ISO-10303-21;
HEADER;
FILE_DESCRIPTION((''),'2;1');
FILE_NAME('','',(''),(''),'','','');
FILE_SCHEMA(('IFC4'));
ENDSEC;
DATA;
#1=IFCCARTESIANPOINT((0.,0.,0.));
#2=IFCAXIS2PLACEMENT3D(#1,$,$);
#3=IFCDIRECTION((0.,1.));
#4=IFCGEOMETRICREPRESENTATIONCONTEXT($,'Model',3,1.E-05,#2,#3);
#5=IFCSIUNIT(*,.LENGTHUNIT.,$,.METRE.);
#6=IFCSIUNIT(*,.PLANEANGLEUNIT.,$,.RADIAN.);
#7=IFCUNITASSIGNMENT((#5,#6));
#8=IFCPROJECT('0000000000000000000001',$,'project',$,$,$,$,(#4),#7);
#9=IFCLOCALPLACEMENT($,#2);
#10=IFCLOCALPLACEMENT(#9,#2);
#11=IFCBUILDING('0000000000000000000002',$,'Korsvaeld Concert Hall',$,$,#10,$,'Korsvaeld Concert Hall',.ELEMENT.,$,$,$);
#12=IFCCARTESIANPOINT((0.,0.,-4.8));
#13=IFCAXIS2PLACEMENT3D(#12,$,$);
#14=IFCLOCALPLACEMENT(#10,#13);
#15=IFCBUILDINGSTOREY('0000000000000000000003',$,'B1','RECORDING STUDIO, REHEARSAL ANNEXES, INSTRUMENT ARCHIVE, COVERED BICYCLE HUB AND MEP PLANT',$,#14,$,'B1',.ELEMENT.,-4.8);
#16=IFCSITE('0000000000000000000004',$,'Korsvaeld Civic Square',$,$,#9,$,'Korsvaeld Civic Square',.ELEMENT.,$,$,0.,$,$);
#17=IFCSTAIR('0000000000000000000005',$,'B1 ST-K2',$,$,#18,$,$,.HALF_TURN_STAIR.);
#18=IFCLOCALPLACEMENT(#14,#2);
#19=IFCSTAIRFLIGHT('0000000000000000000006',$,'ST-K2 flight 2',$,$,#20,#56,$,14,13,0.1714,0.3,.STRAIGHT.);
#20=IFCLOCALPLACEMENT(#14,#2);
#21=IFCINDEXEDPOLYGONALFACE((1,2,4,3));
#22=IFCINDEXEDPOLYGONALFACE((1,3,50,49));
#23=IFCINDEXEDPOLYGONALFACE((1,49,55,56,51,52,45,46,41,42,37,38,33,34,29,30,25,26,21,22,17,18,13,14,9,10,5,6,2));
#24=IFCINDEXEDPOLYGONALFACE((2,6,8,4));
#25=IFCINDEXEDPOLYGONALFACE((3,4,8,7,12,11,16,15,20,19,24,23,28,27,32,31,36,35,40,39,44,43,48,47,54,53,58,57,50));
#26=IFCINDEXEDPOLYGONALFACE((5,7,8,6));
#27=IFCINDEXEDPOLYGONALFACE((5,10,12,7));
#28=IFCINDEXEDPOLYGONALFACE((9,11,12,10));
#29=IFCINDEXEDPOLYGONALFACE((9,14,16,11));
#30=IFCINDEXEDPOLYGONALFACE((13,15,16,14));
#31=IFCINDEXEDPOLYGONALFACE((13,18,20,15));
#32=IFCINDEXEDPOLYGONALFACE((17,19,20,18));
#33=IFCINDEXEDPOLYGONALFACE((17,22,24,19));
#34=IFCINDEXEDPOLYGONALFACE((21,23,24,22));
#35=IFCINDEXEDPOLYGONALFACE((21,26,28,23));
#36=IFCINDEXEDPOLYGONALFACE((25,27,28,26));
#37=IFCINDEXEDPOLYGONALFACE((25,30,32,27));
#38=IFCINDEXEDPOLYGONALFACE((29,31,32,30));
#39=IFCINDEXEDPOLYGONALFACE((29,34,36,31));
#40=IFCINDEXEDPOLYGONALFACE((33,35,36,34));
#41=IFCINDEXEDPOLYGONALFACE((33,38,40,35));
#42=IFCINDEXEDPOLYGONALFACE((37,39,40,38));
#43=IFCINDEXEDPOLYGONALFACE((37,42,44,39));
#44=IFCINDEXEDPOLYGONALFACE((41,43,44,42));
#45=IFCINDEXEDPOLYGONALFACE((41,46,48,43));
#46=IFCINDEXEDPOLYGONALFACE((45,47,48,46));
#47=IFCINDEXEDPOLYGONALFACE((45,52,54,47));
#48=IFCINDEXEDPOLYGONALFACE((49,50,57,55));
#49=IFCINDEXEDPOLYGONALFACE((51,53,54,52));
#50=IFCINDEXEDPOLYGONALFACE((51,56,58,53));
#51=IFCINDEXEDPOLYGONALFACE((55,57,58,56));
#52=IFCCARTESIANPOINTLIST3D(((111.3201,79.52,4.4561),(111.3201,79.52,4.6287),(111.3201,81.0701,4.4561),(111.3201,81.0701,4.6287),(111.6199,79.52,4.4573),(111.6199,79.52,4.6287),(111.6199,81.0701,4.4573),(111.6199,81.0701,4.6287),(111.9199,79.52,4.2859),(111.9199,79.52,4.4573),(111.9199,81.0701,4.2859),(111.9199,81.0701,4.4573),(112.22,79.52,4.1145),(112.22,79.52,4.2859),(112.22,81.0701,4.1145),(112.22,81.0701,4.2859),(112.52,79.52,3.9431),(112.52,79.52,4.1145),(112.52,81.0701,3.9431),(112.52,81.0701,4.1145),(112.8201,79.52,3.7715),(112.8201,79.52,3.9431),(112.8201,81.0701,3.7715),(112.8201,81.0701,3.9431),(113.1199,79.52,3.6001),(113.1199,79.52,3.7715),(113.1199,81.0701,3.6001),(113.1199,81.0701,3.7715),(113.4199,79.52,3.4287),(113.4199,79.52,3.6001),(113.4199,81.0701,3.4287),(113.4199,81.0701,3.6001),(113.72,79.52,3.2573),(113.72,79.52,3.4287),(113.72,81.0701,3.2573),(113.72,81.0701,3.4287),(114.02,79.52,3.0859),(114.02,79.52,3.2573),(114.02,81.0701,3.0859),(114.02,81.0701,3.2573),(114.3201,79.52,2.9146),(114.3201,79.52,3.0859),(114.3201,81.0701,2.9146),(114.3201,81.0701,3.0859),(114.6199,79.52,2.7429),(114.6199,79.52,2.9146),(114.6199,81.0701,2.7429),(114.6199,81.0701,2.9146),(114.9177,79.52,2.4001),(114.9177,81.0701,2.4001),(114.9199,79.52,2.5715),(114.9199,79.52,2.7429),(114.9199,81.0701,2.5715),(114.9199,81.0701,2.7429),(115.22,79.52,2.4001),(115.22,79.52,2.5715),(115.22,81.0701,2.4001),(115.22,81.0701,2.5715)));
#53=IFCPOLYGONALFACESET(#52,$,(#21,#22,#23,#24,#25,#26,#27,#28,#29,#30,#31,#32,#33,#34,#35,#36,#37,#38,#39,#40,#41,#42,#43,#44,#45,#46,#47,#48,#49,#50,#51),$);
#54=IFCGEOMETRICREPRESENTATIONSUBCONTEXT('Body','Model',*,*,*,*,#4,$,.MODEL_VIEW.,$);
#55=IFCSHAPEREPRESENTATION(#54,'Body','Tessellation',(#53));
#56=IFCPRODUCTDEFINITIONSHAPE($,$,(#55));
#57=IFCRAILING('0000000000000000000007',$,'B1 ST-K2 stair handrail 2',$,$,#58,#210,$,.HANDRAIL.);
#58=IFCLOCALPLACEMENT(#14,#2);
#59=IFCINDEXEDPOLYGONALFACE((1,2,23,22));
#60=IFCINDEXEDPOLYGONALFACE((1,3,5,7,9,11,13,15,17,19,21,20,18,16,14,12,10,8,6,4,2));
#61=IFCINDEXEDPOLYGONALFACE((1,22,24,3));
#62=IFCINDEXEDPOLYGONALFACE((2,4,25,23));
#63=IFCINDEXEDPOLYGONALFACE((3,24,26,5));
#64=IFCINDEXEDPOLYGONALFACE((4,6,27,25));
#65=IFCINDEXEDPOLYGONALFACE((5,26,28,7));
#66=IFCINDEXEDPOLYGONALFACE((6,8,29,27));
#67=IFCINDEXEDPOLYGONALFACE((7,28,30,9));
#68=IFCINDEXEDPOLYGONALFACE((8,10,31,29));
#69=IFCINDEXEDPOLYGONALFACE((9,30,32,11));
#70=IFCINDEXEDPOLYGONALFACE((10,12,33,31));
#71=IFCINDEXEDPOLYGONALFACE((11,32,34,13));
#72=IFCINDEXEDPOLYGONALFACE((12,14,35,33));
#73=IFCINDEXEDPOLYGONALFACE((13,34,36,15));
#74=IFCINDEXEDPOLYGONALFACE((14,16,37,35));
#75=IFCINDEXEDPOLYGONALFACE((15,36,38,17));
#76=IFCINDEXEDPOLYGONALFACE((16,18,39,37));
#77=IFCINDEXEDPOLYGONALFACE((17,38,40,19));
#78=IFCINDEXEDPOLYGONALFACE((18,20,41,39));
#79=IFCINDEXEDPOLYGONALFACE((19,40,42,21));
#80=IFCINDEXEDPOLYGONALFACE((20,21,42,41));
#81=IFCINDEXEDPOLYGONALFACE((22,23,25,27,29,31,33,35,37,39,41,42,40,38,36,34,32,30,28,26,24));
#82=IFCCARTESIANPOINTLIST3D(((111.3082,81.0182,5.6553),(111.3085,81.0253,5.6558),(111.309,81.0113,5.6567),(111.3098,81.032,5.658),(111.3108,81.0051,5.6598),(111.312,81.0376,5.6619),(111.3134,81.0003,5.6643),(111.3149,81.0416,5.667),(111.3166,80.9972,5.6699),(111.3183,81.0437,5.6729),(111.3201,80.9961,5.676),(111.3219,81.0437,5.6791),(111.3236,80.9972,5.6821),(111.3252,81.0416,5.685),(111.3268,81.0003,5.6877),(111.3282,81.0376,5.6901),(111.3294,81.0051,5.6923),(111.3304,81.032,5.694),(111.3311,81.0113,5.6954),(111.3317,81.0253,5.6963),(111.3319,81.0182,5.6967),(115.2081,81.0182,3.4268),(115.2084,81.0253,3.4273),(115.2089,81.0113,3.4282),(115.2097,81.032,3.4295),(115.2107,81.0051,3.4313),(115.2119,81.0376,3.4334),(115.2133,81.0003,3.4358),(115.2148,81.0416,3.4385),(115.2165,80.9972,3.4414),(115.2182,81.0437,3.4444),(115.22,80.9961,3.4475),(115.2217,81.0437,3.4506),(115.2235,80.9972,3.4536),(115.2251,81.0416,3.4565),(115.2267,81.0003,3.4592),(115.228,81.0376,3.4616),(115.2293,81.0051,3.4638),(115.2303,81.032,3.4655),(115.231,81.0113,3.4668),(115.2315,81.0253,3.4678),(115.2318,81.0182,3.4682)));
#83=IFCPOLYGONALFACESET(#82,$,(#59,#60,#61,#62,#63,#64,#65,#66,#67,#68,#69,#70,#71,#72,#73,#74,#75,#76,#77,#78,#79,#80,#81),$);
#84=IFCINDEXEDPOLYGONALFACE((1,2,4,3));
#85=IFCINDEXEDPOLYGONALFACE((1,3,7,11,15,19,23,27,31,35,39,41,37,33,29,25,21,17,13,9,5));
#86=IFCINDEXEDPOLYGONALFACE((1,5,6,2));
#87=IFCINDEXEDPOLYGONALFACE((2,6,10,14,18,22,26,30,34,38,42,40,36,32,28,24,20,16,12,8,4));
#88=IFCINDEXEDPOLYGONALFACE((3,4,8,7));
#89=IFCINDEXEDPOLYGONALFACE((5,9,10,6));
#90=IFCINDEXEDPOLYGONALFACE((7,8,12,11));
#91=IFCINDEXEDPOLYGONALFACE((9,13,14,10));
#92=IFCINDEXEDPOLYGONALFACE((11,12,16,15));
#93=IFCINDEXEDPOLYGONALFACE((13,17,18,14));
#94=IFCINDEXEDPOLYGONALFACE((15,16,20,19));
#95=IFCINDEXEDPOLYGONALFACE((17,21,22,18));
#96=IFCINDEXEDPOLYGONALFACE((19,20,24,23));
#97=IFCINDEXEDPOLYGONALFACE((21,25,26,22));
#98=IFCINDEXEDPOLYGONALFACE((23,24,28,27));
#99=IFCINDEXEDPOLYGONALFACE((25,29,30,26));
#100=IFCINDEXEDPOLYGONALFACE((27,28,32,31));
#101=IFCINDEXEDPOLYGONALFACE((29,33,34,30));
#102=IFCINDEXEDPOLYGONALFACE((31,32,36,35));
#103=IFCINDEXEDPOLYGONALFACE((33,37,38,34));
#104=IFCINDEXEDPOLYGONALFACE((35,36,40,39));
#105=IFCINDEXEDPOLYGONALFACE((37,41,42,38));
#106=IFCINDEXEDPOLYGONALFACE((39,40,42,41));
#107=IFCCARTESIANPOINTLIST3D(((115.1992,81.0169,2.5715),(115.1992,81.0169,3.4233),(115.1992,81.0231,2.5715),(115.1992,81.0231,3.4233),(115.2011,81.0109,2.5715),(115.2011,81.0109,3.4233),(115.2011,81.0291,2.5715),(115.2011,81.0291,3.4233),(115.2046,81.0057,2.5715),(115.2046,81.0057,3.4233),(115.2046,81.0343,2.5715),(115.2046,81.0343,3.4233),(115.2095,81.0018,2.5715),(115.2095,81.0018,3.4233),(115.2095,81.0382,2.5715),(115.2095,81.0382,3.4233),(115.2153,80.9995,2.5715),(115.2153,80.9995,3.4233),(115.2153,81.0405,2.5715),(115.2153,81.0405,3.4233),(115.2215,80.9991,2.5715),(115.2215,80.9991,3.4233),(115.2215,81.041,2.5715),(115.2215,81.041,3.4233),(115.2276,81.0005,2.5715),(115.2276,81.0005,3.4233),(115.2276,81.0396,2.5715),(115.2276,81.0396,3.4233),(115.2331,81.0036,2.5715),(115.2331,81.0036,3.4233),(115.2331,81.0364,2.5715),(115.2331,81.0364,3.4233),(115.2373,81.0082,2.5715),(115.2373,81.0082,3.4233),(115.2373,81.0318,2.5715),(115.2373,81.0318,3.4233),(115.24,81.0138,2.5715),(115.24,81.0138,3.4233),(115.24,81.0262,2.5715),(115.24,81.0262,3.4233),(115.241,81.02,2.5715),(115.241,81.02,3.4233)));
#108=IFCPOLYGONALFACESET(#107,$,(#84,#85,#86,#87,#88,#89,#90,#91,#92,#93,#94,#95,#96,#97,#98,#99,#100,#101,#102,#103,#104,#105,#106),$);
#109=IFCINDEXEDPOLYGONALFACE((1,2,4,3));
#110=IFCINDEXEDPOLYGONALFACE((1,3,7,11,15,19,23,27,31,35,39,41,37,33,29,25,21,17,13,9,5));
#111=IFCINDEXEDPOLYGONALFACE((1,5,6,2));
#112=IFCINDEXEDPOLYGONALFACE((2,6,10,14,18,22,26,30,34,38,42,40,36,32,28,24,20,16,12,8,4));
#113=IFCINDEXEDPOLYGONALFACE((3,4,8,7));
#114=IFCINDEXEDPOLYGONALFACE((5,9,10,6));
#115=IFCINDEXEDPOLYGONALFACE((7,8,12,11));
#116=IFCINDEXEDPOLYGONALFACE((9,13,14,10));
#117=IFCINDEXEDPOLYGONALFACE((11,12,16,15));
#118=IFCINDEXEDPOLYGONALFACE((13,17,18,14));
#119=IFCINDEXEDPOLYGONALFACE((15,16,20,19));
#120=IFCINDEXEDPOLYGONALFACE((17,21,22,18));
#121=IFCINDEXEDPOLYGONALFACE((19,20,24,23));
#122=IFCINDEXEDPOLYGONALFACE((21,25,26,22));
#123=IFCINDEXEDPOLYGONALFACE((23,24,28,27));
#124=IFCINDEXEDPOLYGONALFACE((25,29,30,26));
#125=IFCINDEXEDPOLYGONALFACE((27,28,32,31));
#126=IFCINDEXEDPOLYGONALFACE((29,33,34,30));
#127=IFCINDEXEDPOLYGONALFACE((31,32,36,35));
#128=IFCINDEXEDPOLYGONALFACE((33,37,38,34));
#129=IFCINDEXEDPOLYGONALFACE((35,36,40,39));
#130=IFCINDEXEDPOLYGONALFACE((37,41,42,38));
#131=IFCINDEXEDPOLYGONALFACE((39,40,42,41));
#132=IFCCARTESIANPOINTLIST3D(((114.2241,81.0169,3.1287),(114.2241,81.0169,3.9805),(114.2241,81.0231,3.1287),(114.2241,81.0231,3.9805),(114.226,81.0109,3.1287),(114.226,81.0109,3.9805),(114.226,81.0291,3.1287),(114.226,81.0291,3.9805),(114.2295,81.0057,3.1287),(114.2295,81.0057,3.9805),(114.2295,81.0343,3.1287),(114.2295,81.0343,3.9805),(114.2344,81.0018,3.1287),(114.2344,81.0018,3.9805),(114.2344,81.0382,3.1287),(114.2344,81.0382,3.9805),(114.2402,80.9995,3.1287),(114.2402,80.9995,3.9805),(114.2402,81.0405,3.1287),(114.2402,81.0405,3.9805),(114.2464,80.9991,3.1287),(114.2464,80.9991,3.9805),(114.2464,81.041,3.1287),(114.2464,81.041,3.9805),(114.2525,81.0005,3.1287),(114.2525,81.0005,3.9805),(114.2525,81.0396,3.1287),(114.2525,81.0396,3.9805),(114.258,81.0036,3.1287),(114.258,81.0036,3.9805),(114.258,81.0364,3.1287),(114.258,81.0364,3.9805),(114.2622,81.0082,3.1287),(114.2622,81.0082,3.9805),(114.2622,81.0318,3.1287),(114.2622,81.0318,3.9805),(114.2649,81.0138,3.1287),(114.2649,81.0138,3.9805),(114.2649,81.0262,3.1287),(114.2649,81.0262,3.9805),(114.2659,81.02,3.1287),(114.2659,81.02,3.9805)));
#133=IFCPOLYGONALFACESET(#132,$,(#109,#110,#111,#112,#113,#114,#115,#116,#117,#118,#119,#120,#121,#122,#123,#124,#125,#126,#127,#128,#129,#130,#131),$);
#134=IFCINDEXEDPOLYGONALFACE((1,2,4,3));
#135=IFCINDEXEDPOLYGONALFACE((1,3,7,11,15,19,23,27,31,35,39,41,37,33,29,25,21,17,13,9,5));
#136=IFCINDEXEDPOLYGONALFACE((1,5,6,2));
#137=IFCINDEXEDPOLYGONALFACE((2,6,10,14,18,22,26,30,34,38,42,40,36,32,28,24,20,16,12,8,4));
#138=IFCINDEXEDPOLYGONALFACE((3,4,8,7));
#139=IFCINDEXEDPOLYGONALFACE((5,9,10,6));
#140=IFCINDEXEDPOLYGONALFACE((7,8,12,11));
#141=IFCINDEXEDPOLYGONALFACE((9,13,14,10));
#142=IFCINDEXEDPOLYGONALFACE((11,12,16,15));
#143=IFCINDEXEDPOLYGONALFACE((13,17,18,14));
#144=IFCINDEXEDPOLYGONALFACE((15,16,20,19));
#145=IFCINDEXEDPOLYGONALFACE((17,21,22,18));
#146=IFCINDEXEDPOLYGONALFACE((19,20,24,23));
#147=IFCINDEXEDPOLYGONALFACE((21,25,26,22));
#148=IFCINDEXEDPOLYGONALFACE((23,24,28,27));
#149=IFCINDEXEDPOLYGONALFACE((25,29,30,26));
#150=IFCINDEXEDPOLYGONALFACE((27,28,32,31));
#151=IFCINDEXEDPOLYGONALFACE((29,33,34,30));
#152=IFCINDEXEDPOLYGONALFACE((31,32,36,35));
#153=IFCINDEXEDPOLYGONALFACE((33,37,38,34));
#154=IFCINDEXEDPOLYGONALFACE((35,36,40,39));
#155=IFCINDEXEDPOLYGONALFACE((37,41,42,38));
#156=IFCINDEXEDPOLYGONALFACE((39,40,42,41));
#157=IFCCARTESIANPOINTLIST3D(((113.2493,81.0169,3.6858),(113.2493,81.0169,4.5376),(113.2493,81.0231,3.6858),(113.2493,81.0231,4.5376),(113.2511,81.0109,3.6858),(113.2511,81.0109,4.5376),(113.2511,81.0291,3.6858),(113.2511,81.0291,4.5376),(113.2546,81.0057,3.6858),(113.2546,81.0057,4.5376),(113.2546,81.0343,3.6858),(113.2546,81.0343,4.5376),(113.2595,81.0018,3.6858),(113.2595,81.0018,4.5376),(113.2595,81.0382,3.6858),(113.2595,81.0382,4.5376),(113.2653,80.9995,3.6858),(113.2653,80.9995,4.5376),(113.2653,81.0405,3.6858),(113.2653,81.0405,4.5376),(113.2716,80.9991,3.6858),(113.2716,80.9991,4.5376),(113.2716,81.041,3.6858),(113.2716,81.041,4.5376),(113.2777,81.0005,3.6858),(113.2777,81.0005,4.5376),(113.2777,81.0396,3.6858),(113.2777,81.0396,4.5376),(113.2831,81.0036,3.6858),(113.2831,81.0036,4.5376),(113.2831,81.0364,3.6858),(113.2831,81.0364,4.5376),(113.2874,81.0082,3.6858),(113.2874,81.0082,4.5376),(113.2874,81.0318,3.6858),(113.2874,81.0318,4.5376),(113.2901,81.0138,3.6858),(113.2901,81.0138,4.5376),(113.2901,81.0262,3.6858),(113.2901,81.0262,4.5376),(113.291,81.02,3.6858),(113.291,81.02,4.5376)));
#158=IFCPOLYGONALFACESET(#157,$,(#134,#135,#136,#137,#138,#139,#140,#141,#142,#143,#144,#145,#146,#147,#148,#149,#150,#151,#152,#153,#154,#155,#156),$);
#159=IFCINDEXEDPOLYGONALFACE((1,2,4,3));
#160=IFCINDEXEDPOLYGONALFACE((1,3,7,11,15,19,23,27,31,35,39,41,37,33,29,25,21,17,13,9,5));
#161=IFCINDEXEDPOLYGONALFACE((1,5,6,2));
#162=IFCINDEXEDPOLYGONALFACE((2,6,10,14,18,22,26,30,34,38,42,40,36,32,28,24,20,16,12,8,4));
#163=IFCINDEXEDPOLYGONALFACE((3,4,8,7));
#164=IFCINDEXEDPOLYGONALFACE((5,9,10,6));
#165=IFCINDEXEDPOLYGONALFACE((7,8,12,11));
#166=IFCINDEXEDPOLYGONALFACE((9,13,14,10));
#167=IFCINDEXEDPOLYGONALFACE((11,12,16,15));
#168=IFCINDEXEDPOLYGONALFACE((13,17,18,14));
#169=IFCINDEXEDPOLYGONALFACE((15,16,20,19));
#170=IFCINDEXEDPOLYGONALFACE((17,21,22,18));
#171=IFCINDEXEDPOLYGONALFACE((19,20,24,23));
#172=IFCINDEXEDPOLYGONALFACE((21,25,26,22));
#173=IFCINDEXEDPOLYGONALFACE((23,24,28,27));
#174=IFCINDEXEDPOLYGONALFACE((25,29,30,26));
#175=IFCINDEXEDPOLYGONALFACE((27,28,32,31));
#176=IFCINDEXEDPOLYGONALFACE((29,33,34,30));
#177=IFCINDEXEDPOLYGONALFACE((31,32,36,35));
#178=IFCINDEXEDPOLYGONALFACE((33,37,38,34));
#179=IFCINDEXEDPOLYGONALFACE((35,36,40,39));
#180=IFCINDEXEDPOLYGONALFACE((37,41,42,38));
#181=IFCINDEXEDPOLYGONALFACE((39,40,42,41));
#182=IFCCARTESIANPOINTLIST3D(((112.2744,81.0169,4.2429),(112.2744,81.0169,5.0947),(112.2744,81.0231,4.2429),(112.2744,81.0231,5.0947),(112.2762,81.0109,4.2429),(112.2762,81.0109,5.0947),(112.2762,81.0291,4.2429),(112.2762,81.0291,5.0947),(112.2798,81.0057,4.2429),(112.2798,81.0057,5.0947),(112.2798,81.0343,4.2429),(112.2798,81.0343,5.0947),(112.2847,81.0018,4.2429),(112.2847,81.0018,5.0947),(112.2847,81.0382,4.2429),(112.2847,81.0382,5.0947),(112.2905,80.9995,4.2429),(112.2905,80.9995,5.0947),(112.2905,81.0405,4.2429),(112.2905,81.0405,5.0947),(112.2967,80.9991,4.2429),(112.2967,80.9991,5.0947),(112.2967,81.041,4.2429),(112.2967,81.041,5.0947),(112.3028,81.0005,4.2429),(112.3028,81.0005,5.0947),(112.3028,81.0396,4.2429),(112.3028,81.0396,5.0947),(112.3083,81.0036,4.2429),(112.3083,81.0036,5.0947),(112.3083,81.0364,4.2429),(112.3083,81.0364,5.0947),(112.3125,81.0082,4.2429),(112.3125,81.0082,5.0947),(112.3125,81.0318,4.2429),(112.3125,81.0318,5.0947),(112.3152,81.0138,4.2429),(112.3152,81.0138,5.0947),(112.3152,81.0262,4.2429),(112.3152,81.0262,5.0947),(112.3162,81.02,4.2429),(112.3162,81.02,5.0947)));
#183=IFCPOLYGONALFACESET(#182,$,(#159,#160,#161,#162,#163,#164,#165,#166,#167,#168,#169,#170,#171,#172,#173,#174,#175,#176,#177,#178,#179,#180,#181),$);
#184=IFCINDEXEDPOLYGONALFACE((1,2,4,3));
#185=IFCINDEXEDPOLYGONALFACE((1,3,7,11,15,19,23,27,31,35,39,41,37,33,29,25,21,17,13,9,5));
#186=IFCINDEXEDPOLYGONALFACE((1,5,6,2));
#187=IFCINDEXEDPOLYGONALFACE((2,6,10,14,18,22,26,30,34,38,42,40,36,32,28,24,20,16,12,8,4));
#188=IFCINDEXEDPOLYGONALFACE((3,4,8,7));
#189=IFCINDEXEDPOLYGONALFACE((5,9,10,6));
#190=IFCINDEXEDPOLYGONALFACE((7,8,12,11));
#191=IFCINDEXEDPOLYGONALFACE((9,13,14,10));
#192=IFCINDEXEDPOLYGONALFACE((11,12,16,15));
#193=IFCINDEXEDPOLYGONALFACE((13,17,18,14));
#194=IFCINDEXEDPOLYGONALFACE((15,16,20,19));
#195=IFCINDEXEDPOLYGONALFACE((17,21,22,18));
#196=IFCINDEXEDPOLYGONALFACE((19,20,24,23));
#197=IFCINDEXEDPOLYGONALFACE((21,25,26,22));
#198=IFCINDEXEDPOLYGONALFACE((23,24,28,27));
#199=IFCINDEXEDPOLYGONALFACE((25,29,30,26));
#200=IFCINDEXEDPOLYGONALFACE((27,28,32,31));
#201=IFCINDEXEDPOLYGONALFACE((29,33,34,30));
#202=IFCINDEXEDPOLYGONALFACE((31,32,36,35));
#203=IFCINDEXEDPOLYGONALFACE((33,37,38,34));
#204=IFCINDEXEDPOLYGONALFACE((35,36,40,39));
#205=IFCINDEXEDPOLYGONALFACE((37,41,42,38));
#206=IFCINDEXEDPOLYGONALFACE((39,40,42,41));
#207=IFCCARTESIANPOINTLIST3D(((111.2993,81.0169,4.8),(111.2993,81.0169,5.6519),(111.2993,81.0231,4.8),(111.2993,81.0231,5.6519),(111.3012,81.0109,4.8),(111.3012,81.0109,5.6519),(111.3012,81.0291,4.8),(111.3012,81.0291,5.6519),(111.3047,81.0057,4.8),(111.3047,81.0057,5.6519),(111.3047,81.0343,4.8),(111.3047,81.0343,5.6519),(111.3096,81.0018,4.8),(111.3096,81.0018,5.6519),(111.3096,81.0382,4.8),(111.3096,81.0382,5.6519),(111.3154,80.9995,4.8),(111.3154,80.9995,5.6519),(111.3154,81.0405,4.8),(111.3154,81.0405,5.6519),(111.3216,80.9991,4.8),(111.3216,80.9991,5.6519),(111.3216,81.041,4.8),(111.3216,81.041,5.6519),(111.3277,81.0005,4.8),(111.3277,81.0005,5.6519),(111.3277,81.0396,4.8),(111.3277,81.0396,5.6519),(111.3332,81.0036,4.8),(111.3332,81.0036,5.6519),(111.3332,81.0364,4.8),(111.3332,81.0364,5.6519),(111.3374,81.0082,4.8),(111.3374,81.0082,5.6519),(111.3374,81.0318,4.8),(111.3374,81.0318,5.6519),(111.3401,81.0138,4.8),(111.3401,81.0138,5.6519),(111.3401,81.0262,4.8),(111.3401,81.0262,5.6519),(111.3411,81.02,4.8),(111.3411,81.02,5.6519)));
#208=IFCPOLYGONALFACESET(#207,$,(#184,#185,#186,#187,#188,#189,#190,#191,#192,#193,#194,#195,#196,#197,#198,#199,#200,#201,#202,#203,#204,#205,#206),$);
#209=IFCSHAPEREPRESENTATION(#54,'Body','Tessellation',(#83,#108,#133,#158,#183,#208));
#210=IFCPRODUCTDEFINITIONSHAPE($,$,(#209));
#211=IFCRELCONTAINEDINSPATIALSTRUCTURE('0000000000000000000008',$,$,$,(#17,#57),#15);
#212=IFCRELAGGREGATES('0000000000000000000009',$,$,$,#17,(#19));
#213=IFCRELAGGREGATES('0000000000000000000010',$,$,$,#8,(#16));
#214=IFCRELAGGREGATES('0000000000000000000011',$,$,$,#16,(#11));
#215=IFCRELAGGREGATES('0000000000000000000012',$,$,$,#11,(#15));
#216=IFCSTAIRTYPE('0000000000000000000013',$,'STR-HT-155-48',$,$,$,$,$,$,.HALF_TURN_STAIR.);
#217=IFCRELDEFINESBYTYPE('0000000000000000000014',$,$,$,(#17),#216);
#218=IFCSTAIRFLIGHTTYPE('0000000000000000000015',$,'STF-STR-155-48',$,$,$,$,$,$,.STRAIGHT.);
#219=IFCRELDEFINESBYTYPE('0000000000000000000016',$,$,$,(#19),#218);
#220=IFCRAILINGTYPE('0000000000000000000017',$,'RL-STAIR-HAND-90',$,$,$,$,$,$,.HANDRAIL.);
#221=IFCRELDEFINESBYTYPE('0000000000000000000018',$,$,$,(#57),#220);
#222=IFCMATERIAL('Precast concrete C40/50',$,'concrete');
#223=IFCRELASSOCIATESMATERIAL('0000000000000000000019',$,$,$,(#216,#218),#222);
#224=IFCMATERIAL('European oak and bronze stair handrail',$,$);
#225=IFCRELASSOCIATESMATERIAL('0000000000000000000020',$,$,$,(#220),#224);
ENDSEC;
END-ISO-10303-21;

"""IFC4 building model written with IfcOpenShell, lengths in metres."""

from ifc_helpers import new_model, si_unit, direction, frame, origin, origin_2d, place, context, subcontext, project, spatial, polyline, circle, outline, extrude, material, type_object, element, aggregate, save


model = new_model("IFC4")

# Units and contexts
model_context = context("Model", 3, precision=1e-05, world=origin(), true_north=direction((0.0, 1.0)))
body_context = subcontext(model_context, "Body", "Model", "MODEL_VIEW")
ifc_project = project(units=[si_unit("LENGTHUNIT", "METRE"), si_unit("PLANEANGLEUNIT", "RADIAN")], contexts=[model_context])

# Site, building, storey
site_placement = place(None, origin())
site = spatial("IfcSite", under=ifc_project, at=site_placement, Name="Korsvaeld Civic Square", LongName="Korsvaeld Civic Square", CompositionType="ELEMENT", RefElevation=0.0)
building_placement = place(site_placement, origin())
building = spatial("IfcBuilding", under=site, at=building_placement, Name="Korsvaeld Concert Hall", LongName="Korsvaeld Concert Hall", CompositionType="ELEMENT")
storey_placement = place(building_placement, frame((0.0, 0.0, -4.8)))
storey = spatial("IfcBuildingStorey", under=building, at=storey_placement, Name="B1", Description="RECORDING STUDIO, REHEARSAL ANNEXES, INSTRUMENT ARCHIVE, COVERED BICYCLE HUB AND MEP PLANT", LongName="B1", CompositionType="ELEMENT", Elevation=-4.8)

# Stair, stair flight
ifc_material_1 = material(Name="Precast concrete C40/50", Category="concrete")
stair_type = type_object("IfcStairType", Name="STR-HT-155-48", PredefinedType="HALF_TURN_STAIR", material=ifc_material_1)
stair_placement = place(storey_placement, origin())
stair = element("IfcStair", 1, at=stair_placement, inside=storey, type_object=stair_type, Name="B1 ST-K2", PredefinedType="HALF_TURN_STAIR")
stair_flight_type = type_object("IfcStairFlightType", Name="STF-STR-155-48", PredefinedType="STRAIGHT", material=ifc_material_1)
stair_flight_placement = place(storey_placement, frame((115.22, 80.2949, 2.4001), z_axis=(0.0, 0.0, 1.0), x_axis=(-1.0, 0.0, 0.0)))
stair_flight = element("IfcStairFlight", 2, at=stair_flight_placement, type_object=stair_flight_type, Name="ST-K2 flight 2", NumberOfRisers=14, NumberOfTreads=13, PredefinedType="STRAIGHT", RiserHeight=0.1714, TreadLength=0.3, context=body_context, shape_type="SweptSolid", body=[
    extrude(outline(polyline([(0.0, 0.0), (0.0, 0.1714), (0.3, 0.1714), (0.3, 0.3428), (0.6001, 0.3428), (0.6001, 0.5144), (0.8999, 0.5144), (0.8999, 0.6858), (1.2, 0.6858), (1.2, 0.8572), (1.5, 0.8572), (1.5, 1.0286), (1.8, 1.0286), (1.8, 1.2), (2.1001, 1.2), (2.1001, 1.3713), (2.3999, 1.3713), (2.3999, 1.543), (2.7, 1.543), (2.7, 1.7144), (3.0, 1.7144), (3.0, 1.8857), (3.3, 1.8857), (3.3, 2.0571), (3.6001, 2.0571), (3.6001, 2.2285), (3.8999, 2.2285), (3.8999, 2.3999), (3.8999, 2.0559), (0.3022, 0.0), (0.0, 0.0)])), frame((0.0, 0.7749, 0.0), z_axis=(0.0, -1.0, 0.0), x_axis=(1.0, 0.0, 0.0)), (0.0, 0.0, 1.0), 1.55),
])
aggregate(stair, [stair_flight])

# Railing
ifc_material_2 = material(Name="European oak and bronze stair handrail")
railing_type = type_object("IfcRailingType", Name="RL-STAIR-HAND-90", PredefinedType="HANDRAIL", material=ifc_material_2)
railing_placement = place(storey_placement, frame((115.22, 81.02, 2.5715)))
element("IfcRailing", 3, at=railing_placement, inside=storey, type_object=railing_type, Name="B1 ST-K2 stair handrail 2", PredefinedType="HANDRAIL", context=body_context, shape_type="SweptSolid", body=[
    extrude(circle(Radius=0.0239, at=origin_2d()), frame((0.0, 0.0, 0.876), z_axis=(-0.868243, 0.0, 0.496139), x_axis=(0.0, -1.0, 0.0)), (0.0, 0.0, 1.0), 4.4917),
    extrude(circle(Radius=0.021, at=origin_2d()), origin(), (0.0, 0.0, 1.0), 0.8518),
    extrude(circle(Radius=0.021, at=origin_2d()), frame((-0.9751, 0.0, 0.5571)), (0.0, 0.0, 1.0), 0.8518),
    extrude(circle(Radius=0.021, at=origin_2d()), frame((-1.95, 0.0, 1.1143)), (0.0, 0.0, 1.0), 0.8518),
    extrude(circle(Radius=0.021, at=origin_2d()), frame((-2.9248, 0.0, 1.6714)), (0.0, 0.0, 1.0), 0.8518),
    extrude(circle(Radius=0.021, at=origin_2d()), frame((-3.8999, 0.0, 2.2285)), (0.0, 0.0, 1.0), 0.8518),
])

save(model, "model.ifc")
